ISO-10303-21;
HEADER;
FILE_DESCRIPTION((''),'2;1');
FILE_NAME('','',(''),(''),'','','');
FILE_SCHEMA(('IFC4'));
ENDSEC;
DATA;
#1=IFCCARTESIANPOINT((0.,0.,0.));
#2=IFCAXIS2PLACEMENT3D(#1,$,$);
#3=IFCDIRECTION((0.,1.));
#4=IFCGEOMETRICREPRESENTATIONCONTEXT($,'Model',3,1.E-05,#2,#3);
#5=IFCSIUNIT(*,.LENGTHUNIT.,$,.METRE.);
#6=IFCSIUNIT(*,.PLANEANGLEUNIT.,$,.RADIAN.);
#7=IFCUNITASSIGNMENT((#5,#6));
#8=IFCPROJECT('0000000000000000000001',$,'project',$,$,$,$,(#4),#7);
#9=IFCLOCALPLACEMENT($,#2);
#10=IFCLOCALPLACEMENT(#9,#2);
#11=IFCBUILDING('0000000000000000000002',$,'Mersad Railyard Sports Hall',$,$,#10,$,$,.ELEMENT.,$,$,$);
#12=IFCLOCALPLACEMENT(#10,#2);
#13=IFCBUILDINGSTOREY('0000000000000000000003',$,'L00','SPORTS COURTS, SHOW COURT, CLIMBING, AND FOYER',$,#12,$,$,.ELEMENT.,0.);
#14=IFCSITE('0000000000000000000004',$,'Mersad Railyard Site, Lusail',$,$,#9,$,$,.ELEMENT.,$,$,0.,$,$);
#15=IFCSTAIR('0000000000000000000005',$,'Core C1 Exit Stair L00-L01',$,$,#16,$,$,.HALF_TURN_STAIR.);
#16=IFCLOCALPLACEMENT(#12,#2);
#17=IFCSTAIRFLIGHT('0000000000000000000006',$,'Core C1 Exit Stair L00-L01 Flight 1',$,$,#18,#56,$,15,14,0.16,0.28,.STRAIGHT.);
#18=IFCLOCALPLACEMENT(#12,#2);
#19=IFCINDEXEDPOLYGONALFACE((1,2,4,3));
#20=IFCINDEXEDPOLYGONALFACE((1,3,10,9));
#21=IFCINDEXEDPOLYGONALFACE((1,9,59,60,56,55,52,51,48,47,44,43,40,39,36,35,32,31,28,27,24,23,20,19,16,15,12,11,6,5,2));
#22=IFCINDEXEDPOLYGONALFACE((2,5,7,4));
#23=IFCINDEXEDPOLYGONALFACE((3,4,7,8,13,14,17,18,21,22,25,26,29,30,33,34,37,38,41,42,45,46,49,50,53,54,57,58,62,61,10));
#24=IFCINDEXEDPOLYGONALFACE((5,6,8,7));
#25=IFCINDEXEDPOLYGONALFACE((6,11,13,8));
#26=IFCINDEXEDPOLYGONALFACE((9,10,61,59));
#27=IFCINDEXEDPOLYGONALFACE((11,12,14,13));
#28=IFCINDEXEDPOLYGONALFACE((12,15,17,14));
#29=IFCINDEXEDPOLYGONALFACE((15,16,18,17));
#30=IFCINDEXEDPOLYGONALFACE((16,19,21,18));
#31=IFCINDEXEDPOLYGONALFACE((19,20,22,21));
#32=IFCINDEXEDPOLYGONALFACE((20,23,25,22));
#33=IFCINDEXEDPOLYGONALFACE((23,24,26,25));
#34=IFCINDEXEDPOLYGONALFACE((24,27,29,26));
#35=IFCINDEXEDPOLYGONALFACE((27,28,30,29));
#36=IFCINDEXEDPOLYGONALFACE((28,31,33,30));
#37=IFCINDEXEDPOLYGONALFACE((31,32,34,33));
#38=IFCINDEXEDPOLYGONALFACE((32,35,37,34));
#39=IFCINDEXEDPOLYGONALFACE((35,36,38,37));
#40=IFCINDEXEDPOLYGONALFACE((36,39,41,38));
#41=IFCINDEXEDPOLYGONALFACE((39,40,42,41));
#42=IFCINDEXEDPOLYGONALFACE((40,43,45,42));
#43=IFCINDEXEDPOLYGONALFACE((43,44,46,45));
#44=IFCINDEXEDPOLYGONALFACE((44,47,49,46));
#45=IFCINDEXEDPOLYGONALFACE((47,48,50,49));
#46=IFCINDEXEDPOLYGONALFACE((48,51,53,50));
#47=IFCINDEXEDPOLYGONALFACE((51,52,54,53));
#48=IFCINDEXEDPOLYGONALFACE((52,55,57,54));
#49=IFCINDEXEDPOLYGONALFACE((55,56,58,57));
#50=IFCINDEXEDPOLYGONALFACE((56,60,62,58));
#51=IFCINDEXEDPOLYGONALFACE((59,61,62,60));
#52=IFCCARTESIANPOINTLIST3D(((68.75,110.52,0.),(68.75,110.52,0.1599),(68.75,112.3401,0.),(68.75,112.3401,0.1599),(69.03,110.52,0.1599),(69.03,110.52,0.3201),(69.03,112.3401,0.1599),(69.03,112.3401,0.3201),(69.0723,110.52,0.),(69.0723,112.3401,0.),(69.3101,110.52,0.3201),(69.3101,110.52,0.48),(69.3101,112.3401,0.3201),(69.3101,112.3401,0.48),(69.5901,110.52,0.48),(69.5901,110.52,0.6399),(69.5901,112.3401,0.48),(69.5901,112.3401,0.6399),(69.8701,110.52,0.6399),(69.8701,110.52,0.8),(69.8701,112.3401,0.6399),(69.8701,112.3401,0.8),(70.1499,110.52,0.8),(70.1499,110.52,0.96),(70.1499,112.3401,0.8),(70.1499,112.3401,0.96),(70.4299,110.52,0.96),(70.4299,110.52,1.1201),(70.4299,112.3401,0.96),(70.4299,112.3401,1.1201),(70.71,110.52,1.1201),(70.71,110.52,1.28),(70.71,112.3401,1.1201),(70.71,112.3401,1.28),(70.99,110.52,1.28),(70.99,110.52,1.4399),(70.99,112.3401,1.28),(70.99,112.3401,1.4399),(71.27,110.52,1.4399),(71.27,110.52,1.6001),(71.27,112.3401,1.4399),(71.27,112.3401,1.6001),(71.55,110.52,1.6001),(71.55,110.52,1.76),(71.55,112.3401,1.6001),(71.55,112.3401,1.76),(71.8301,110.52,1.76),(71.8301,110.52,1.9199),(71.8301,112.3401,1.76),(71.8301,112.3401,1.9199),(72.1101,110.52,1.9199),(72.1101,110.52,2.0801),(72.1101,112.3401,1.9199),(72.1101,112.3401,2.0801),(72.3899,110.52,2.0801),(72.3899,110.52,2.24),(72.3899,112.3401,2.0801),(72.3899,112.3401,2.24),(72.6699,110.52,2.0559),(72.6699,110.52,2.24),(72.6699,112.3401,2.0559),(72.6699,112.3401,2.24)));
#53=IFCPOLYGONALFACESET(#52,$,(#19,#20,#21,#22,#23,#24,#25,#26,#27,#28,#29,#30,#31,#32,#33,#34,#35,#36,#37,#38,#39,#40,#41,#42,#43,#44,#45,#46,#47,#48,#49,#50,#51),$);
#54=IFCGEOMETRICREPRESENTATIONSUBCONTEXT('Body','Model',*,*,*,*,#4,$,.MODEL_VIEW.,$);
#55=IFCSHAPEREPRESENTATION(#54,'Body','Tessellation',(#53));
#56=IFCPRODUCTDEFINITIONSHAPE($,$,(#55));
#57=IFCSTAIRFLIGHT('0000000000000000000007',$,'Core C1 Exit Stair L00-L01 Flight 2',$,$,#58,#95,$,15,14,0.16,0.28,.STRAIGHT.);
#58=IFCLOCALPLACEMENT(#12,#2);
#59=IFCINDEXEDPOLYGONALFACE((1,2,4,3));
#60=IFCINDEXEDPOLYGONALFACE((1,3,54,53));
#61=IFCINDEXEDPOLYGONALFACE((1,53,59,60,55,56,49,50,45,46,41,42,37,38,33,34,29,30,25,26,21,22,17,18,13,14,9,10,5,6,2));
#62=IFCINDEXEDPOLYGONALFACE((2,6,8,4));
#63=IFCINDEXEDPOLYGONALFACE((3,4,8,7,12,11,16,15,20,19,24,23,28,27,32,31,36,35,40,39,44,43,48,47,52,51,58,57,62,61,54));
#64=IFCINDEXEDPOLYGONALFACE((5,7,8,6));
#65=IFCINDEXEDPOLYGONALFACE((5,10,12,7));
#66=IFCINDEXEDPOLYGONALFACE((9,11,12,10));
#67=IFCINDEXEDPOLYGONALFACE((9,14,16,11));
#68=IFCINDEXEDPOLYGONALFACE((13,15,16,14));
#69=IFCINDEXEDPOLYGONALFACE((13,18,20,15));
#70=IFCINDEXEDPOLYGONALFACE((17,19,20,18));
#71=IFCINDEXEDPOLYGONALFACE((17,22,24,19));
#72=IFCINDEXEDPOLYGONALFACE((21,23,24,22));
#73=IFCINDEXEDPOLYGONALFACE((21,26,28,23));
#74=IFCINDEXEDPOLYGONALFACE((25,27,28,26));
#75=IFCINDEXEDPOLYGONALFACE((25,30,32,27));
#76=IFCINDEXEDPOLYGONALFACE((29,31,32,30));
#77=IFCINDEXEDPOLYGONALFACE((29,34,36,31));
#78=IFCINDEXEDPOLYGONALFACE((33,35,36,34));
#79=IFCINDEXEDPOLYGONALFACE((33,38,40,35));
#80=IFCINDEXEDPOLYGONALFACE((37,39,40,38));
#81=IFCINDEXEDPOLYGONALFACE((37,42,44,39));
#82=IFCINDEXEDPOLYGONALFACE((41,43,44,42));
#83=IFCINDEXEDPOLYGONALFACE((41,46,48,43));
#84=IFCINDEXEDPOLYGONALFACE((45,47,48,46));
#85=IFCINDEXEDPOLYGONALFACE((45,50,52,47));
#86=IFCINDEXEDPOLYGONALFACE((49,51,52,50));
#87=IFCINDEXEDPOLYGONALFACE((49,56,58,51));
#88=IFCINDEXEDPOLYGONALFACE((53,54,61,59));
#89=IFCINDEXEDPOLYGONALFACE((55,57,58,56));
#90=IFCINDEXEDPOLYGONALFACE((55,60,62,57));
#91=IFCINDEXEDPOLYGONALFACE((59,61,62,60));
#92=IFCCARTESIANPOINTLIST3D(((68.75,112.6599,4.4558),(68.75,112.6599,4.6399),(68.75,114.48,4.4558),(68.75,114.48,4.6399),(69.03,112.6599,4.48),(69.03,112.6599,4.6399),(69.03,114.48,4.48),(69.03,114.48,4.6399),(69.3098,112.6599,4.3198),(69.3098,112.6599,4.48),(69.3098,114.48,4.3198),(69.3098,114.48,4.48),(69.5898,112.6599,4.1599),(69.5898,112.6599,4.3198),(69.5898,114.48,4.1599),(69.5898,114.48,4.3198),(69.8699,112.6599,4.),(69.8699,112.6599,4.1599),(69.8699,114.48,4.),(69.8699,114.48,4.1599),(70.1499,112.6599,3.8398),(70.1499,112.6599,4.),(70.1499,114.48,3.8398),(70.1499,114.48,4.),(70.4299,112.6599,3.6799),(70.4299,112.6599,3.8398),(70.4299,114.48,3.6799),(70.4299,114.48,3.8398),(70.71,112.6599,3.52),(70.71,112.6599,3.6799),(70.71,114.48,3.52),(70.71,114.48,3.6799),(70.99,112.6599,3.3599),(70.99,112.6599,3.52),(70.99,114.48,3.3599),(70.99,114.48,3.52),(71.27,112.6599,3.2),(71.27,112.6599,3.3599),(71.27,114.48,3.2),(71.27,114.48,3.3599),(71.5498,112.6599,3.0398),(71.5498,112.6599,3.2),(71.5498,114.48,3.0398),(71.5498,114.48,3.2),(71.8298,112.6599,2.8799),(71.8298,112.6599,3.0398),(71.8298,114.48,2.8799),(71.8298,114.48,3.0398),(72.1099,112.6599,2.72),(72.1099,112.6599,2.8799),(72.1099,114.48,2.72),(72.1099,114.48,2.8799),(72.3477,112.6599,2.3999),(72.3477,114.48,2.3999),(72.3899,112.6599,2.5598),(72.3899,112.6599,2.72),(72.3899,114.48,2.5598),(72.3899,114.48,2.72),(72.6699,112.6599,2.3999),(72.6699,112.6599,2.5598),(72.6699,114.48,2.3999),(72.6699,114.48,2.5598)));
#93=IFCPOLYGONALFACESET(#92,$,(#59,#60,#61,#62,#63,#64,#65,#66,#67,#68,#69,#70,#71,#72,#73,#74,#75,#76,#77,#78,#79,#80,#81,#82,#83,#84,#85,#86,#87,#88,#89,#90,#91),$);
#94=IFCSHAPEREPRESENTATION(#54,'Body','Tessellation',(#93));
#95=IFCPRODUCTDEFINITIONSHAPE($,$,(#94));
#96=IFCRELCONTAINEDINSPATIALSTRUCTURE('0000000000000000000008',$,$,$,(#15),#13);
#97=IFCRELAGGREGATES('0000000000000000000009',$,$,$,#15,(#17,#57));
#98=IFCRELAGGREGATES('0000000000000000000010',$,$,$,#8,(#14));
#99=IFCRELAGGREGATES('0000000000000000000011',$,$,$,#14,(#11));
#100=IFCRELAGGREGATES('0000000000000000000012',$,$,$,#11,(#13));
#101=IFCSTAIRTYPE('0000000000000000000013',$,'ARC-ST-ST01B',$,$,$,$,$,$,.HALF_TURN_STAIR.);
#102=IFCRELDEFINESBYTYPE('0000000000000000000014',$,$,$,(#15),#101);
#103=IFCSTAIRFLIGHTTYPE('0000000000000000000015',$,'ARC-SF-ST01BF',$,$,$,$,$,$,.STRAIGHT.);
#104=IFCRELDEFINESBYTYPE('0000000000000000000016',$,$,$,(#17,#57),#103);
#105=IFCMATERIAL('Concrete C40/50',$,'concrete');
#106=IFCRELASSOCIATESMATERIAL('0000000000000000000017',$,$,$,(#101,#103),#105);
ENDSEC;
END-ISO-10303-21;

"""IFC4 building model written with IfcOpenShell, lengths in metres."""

from ifc_helpers import new_model, si_unit, direction, frame, origin, place, context, subcontext, project, spatial, polyline, outline, extrude, material, type_object, element, aggregate, save


model = new_model("IFC4")

# Units and contexts
model_context = context("Model", 3, precision=1e-05, world=origin(), true_north=direction((0.0, 1.0)))
body_context = subcontext(model_context, "Body", "Model", "MODEL_VIEW")
ifc_project = project(units=[si_unit("LENGTHUNIT", "METRE"), si_unit("PLANEANGLEUNIT", "RADIAN")], contexts=[model_context])

# Site, building, storey
site_placement = place(None, origin())
site = spatial("IfcSite", under=ifc_project, at=site_placement, Name="Mersad Railyard Site, Lusail", CompositionType="ELEMENT", RefElevation=0.0)
building_placement = place(site_placement, origin())
building = spatial("IfcBuilding", under=site, at=building_placement, Name="Mersad Railyard Sports Hall", CompositionType="ELEMENT")
storey_placement = place(building_placement, origin())
storey = spatial("IfcBuildingStorey", under=building, at=storey_placement, Name="L00", Description="SPORTS COURTS, SHOW COURT, CLIMBING, AND FOYER", CompositionType="ELEMENT", Elevation=0.0)

# Shared definitions
ifc_material_1 = material(Name="Concrete C40/50", Category="concrete")

# Stair, stair flights
stair_type = type_object("IfcStairType", Name="ARC-ST-ST01B", PredefinedType="HALF_TURN_STAIR", material=ifc_material_1)
stair_placement = place(storey_placement, origin())
stair = element("IfcStair", 1, at=stair_placement, inside=storey, type_object=stair_type, Name="Core C1 Exit Stair L00-L01", PredefinedType="HALF_TURN_STAIR")
stair_flight_type = type_object("IfcStairFlightType", Name="ARC-SF-ST01BF", PredefinedType="STRAIGHT", material=ifc_material_1)
stair_flight_1_placement = place(storey_placement, frame((68.75, 111.4299, 0.0), z_axis=(0.0, 0.0, 1.0), x_axis=(1.0, 0.0, 0.0)))
stair_flight_1 = element("IfcStairFlight", 2, at=stair_flight_1_placement, type_object=stair_flight_type, Name="Core C1 Exit Stair L00-L01 Flight 1", NumberOfRisers=15, NumberOfTreads=14, PredefinedType="STRAIGHT", RiserHeight=0.16, TreadLength=0.28, context=body_context, shape_type="SweptSolid", body=[
    extrude(outline(polyline([(0.0, 0.0), (0.0, 0.1599), (0.28, 0.1599), (0.28, 0.3201), (0.5601, 0.3201), (0.5601, 0.48), (0.8401, 0.48), (0.8401, 0.6399), (1.1201, 0.6399), (1.1201, 0.8), (1.3999, 0.8), (1.3999, 0.96), (1.6799, 0.96), (1.6799, 1.1201), (1.96, 1.1201), (1.96, 1.28), (2.24, 1.28), (2.24, 1.4399), (2.52, 1.4399), (2.52, 1.6001), (2.8, 1.6001), (2.8, 1.76), (3.0801, 1.76), (3.0801, 1.9199), (3.3601, 1.9199), (3.3601, 2.0801), (3.6399, 2.0801), (3.6399, 2.24), (3.9199, 2.24), (3.9199, 2.3999), (3.9199, 2.0559), (0.3223, 0.0), (0.0, 0.0)])), frame((0.0, 0.9102, 0.0), z_axis=(0.0, -1.0, 0.0), x_axis=(1.0, 0.0, 0.0)), (0.0, 0.0, 1.0), 1.8201),
])
stair_flight_2_placement = place(storey_placement, frame((72.6699, 113.5701, 2.3999), z_axis=(0.0, 0.0, 1.0), x_axis=(-1.0, 0.0, 0.0)))
stair_flight_2 = element("IfcStairFlight", 3, at=stair_flight_2_placement, type_object=stair_flight_type, Name="Core C1 Exit Stair L00-L01 Flight 2", NumberOfRisers=15, NumberOfTreads=14, PredefinedType="STRAIGHT", RiserHeight=0.16, TreadLength=0.28, context=body_context, shape_type="SweptSolid", body=[
    extrude(outline(polyline([(0.0, 0.0), (0.0, 0.1599), (0.28, 0.1599), (0.28, 0.3201), (0.5601, 0.3201), (0.5601, 0.48), (0.8401, 0.48), (0.8401, 0.6399), (1.1201, 0.6399), (1.1201, 0.8), (1.3999, 0.8), (1.3999, 0.96), (1.6799, 0.96), (1.6799, 1.1201), (1.96, 1.1201), (1.96, 1.28), (2.24, 1.28), (2.24, 1.4399), (2.52, 1.4399), (2.52, 1.6001), (2.8, 1.6001), (2.8, 1.76), (3.0801, 1.76), (3.0801, 1.9199), (3.3601, 1.9199), (3.3601, 2.0801), (3.6399, 2.0801), (3.6399, 2.24), (3.9199, 2.24), (3.9199, 2.3999), (3.9199, 2.0559), (0.3223, 0.0), (0.0, 0.0)])), frame((0.0, 0.9102, 0.0), z_axis=(0.0, -1.0, 0.0), x_axis=(1.0, 0.0, 0.0)), (0.0, 0.0, 1.0), 1.8201),
])
aggregate(stair, [stair_flight_1, stair_flight_2])

save(model, "model.ifc")
